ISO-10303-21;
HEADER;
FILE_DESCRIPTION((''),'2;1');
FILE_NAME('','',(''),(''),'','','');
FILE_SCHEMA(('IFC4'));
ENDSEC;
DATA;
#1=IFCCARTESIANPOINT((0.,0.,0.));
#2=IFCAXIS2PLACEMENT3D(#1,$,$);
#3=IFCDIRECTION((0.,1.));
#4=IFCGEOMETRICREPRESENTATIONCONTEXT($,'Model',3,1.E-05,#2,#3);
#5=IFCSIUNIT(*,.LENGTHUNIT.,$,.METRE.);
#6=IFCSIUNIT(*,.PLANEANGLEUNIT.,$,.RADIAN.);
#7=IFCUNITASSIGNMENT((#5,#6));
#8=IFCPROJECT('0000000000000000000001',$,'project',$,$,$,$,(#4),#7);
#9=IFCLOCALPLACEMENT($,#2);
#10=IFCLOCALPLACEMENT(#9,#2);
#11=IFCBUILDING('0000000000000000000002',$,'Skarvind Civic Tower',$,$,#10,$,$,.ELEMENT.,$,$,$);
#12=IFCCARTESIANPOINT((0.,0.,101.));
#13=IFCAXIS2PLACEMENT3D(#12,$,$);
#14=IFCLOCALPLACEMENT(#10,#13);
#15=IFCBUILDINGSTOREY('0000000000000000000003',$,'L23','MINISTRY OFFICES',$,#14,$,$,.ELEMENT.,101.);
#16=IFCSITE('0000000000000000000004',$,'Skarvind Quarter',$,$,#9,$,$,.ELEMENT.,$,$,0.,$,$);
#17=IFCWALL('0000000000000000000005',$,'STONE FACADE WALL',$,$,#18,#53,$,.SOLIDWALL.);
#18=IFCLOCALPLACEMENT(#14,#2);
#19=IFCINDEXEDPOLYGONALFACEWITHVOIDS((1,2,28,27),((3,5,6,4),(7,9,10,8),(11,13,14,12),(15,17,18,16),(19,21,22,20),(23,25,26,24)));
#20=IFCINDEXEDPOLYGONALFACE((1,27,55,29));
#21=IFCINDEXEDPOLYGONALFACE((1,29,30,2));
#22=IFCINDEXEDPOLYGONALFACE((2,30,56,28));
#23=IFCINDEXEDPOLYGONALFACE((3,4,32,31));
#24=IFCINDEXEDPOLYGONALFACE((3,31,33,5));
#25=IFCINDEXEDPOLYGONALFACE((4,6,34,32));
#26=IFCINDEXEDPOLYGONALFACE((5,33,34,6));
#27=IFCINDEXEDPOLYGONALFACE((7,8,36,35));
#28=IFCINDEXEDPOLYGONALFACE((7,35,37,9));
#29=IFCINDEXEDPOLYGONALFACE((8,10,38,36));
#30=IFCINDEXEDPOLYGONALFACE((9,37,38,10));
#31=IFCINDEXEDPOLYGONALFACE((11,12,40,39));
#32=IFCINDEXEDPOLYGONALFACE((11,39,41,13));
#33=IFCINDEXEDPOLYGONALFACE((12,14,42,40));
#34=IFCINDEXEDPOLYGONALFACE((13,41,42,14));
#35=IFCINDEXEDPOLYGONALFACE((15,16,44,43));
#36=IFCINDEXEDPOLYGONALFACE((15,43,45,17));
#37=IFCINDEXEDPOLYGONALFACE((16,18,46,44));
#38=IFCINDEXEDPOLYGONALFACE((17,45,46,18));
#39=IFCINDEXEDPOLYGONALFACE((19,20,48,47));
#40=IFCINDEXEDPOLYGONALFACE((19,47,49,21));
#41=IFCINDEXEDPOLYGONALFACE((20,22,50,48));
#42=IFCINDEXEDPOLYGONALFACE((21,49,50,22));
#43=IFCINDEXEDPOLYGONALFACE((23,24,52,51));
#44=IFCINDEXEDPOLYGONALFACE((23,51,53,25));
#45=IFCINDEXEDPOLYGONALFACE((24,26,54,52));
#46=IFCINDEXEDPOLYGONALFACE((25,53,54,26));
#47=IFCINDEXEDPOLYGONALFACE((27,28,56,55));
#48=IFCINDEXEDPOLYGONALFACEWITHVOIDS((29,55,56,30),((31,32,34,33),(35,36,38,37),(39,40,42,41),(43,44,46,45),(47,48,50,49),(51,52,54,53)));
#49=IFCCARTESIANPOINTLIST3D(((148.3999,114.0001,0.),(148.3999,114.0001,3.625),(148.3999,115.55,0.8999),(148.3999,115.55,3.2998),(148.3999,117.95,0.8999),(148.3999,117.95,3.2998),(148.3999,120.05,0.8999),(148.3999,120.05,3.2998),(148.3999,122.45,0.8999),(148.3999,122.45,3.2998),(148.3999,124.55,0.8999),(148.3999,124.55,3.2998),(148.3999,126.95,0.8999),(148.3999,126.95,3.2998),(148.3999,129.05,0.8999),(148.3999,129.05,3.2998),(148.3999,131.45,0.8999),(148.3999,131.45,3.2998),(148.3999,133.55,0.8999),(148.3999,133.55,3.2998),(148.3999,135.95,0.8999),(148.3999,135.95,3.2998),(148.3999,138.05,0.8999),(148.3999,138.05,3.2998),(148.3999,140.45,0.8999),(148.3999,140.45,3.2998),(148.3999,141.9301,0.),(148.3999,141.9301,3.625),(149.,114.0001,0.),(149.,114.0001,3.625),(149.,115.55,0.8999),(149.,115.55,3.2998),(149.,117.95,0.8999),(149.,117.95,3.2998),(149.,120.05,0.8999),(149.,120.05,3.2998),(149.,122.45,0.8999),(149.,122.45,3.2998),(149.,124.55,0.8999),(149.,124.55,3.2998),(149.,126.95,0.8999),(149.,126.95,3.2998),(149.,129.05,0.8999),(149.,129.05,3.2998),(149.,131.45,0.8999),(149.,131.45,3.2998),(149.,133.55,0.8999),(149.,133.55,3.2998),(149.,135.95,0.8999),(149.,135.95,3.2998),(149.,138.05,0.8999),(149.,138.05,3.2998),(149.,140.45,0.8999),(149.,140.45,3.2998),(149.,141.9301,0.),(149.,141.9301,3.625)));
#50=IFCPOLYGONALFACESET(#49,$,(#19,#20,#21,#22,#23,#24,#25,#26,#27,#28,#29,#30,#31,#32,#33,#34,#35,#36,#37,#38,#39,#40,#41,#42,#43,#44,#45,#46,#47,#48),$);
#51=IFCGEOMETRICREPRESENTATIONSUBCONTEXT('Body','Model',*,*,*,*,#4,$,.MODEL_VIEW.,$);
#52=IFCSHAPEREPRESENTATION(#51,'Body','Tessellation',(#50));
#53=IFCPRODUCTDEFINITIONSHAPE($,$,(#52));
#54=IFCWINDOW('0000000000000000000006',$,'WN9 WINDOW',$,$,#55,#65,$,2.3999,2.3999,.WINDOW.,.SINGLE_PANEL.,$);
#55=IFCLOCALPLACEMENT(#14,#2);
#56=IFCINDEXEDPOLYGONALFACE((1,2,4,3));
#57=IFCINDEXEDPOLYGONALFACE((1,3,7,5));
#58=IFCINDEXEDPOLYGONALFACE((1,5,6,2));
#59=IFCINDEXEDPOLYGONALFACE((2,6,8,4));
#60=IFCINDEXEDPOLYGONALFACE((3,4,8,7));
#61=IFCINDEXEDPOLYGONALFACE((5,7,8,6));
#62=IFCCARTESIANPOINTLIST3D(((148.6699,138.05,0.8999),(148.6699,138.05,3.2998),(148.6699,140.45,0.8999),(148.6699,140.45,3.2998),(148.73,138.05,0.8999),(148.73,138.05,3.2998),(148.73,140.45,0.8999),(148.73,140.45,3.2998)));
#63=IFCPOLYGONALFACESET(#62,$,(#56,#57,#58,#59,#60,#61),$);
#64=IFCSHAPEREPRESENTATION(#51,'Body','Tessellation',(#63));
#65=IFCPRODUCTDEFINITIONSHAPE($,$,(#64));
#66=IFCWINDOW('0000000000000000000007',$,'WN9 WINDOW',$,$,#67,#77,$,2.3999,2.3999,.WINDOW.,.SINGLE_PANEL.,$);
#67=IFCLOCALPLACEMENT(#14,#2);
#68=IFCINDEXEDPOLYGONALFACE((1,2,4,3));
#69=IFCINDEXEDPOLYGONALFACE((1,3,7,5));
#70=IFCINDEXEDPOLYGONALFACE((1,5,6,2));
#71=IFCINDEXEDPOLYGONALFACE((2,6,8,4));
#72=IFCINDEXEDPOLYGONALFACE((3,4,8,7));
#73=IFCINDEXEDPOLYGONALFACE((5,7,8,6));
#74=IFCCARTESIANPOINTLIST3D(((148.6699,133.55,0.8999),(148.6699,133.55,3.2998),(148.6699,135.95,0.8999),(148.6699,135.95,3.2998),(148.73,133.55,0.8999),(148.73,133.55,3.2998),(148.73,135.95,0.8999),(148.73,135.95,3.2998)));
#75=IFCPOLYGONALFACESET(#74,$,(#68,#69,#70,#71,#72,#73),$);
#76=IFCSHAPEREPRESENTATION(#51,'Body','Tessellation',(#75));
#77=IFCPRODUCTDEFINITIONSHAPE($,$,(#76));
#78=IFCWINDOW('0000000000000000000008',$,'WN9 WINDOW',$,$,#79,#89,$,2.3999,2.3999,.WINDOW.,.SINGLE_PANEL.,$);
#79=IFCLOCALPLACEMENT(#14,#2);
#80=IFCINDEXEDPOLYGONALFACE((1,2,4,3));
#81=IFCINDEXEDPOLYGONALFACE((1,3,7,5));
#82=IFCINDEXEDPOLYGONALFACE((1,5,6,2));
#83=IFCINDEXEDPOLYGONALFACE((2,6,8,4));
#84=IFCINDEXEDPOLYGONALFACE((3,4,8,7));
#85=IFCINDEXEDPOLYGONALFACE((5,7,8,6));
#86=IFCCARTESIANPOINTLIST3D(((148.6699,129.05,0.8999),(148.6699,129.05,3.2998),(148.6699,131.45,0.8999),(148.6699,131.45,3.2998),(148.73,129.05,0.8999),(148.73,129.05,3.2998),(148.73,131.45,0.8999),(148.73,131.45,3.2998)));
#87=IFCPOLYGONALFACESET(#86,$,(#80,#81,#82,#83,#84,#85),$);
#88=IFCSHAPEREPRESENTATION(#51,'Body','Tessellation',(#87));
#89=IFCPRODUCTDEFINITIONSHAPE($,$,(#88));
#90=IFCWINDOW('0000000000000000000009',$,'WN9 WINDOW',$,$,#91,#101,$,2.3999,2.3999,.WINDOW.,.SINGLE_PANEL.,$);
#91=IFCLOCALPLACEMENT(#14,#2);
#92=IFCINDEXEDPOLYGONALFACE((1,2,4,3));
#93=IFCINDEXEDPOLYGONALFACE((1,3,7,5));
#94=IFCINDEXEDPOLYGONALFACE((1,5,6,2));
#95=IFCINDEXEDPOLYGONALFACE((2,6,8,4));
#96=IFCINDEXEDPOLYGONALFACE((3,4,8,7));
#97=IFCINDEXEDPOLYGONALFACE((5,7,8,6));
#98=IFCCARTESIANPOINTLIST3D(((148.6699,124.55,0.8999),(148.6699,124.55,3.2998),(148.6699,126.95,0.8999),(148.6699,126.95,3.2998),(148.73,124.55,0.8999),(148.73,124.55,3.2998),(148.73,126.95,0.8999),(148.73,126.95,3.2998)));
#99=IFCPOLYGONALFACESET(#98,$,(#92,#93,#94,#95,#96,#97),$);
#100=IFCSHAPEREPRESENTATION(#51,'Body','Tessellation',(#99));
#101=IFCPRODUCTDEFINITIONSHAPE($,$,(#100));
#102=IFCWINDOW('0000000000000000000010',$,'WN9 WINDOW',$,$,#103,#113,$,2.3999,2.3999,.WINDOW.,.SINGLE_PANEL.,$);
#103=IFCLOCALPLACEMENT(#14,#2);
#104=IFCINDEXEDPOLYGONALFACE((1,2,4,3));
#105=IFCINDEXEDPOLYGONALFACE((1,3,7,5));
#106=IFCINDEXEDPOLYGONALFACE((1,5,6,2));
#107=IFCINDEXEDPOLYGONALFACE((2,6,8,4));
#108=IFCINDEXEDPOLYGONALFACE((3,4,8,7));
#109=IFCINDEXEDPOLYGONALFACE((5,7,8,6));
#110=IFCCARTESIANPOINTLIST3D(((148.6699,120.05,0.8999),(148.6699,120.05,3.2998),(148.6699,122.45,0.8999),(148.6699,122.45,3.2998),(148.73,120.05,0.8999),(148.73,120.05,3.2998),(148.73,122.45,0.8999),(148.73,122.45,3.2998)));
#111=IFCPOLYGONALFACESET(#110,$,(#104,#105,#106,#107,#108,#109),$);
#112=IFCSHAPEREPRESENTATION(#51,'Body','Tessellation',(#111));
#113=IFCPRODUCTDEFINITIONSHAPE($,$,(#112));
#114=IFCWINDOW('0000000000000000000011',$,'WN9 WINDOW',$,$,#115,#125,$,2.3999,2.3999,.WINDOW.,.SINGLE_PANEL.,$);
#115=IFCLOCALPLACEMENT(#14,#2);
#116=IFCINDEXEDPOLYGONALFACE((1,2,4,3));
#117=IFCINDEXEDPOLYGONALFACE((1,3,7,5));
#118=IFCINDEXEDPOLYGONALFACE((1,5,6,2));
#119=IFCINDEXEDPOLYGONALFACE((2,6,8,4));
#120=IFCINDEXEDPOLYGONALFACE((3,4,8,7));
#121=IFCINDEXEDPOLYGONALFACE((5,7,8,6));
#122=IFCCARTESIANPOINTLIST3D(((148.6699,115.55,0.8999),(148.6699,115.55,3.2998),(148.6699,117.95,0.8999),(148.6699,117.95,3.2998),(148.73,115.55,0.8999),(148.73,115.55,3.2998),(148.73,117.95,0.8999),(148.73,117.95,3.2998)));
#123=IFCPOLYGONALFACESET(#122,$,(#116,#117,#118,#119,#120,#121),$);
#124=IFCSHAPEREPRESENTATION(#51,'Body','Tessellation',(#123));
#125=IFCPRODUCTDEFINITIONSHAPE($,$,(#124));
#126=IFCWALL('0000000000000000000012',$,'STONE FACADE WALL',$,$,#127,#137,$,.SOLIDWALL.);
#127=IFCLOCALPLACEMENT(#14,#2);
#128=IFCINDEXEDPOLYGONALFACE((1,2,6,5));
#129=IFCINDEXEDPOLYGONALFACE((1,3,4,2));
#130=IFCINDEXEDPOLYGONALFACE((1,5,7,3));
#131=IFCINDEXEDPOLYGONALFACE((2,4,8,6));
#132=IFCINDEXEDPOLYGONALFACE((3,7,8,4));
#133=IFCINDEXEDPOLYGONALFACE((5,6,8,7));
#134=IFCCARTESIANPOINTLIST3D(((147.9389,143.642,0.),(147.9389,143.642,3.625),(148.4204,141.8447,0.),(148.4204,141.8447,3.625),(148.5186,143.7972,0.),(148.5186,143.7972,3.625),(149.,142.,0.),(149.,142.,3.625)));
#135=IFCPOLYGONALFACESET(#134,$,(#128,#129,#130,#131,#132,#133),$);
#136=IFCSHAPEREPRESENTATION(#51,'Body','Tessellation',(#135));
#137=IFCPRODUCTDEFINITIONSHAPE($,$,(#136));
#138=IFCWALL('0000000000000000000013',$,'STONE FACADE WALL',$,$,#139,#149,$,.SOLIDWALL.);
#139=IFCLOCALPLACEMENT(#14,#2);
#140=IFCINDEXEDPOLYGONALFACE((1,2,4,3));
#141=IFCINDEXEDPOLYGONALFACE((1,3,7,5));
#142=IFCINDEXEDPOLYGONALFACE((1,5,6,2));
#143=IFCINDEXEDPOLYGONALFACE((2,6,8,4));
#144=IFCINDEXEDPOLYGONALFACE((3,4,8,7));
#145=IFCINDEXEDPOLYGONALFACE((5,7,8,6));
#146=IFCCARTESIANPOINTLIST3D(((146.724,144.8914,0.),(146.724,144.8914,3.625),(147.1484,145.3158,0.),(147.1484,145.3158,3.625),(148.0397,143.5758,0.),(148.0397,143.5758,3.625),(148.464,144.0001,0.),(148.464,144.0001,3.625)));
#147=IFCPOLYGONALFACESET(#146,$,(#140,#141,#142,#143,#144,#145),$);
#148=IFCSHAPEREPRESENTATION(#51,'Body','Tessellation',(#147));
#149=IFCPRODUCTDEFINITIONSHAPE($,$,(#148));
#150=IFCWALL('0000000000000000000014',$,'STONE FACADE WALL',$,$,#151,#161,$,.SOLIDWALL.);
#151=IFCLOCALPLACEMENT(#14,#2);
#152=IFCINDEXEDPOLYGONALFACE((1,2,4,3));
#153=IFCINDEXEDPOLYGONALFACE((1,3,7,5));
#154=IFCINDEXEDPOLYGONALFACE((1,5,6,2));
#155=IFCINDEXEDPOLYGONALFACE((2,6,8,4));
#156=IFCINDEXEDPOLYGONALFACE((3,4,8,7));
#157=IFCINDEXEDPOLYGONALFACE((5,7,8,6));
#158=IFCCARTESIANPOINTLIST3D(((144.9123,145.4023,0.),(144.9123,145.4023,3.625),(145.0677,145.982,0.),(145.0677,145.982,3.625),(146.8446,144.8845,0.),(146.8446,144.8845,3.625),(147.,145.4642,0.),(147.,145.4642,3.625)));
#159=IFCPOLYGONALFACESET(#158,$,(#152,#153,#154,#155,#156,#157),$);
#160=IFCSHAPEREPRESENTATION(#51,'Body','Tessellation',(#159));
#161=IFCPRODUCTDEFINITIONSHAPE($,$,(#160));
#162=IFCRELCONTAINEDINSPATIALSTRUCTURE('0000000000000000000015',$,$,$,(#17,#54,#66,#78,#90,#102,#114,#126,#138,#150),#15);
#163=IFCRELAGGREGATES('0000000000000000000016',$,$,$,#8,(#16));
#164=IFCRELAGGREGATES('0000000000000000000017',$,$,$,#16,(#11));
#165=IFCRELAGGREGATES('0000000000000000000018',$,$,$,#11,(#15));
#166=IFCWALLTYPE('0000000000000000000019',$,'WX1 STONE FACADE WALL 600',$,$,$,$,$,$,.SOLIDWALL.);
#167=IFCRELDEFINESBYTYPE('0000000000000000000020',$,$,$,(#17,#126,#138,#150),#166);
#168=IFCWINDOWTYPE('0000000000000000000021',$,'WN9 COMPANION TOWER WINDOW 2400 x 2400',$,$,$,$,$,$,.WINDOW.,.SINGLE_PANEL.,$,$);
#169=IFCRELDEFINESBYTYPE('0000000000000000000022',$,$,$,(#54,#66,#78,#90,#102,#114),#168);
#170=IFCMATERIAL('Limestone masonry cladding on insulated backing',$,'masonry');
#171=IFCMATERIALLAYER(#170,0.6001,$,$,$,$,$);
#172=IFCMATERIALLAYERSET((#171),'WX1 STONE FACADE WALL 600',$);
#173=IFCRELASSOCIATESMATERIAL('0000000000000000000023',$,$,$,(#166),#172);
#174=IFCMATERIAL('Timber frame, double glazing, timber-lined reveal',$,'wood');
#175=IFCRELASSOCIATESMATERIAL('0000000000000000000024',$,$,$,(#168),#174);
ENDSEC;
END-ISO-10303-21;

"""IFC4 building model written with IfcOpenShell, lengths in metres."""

from ifc_helpers import new_model, si_unit, direction, frame, frame_2d, origin, place, context, subcontext, project, spatial, rectangle, extrude, material, layer, layer_set, type_object, element, fill, save


model = new_model("IFC4")

# Units and contexts
model_context = context("Model", 3, precision=1e-05, world=origin(), true_north=direction((0.0, 1.0)))
body_context = subcontext(model_context, "Body", "Model", "MODEL_VIEW")
ifc_project = project(units=[si_unit("LENGTHUNIT", "METRE"), si_unit("PLANEANGLEUNIT", "RADIAN")], contexts=[model_context])

# Site, building, storey
site_placement = place(None, origin())
site = spatial("IfcSite", under=ifc_project, at=site_placement, Name="Skarvind Quarter", CompositionType="ELEMENT", RefElevation=0.0)
building_placement = place(site_placement, origin())
building = spatial("IfcBuilding", under=site, at=building_placement, Name="Skarvind Civic Tower", CompositionType="ELEMENT")
storey_placement = place(building_placement, frame((0.0, 0.0, 101.0)))
storey = spatial("IfcBuildingStorey", under=building, at=storey_placement, Name="L23", Description="MINISTRY OFFICES", CompositionType="ELEMENT", Elevation=101.0)

# Wall, openings, windows
ifc_material_1 = material(Name="Limestone masonry cladding on insulated backing", Category="masonry")
ifc_layer_1 = layer(ifc_material_1, 0.6001)
ifc_layer_set_1 = layer_set([ifc_layer_1], Name="WX1 STONE FACADE WALL 600")
wall_type_1 = type_object("IfcWallType", Name="WX1 STONE FACADE WALL 600", PredefinedType="SOLIDWALL", material=ifc_layer_set_1)
wall_1_placement = place(storey_placement, frame((148.7, 141.9299, 0.0), z_axis=(0.0, 0.0, 1.0), x_axis=(0.0, -1.0, 0.0)))
wall_1 = element("IfcWall", 1, at=wall_1_placement, inside=storey, type_object=wall_type_1, Name="STONE FACADE WALL", PredefinedType="SOLIDWALL", context=body_context, shape_type="SweptSolid", body=[
    extrude(rectangle(XDim=27.9299, YDim=0.6001, at=frame_2d((13.9648, 0.0))), origin(), (0.0, 0.0, 1.0), 3.625),
])
opening_1_placement = place(wall_1_placement, frame((1.48, 0.0, 0.8999)))
opening_1 = element("IfcOpeningElement", 2, at=opening_1_placement, cuts=wall_1, PredefinedType="OPENING", context=body_context, shape_type="SweptSolid", body=[
    extrude(rectangle(XDim=2.3999, YDim=2.3999, at=frame_2d((1.2, 1.2))), frame((0.0, 0.3101, 0.0), z_axis=(0.0, -1.0, 0.0), x_axis=(1.0, 0.0, 0.0)), (0.0, 0.0, 1.0), 0.6201),
])
opening_2_placement = place(wall_1_placement, frame((5.98, 0.0, 0.8999)))
opening_2 = element("IfcOpeningElement", 3, at=opening_2_placement, cuts=wall_1, PredefinedType="OPENING", context=body_context, shape_type="SweptSolid", body=[
    extrude(rectangle(XDim=2.3999, YDim=2.3999, at=frame_2d((1.2, 1.2))), frame((0.0, 0.3101, 0.0), z_axis=(0.0, -1.0, 0.0), x_axis=(1.0, 0.0, 0.0)), (0.0, 0.0, 1.0), 0.6201),
])
opening_3_placement = place(wall_1_placement, frame((10.48, 0.0, 0.8999)))
opening_3 = element("IfcOpeningElement", 4, at=opening_3_placement, cuts=wall_1, PredefinedType="OPENING", context=body_context, shape_type="SweptSolid", body=[
    extrude(rectangle(XDim=2.3999, YDim=2.3999, at=frame_2d((1.2, 1.2))), frame((0.0, 0.3101, 0.0), z_axis=(0.0, -1.0, 0.0), x_axis=(1.0, 0.0, 0.0)), (0.0, 0.0, 1.0), 0.6201),
])
opening_4_placement = place(wall_1_placement, frame((14.98, 0.0, 0.8999)))
opening_4 = element("IfcOpeningElement", 5, at=opening_4_placement, cuts=wall_1, PredefinedType="OPENING", context=body_context, shape_type="SweptSolid", body=[
    extrude(rectangle(XDim=2.3999, YDim=2.3999, at=frame_2d((1.2, 1.2))), frame((0.0, 0.3101, 0.0), z_axis=(0.0, -1.0, 0.0), x_axis=(1.0, 0.0, 0.0)), (0.0, 0.0, 1.0), 0.6201),
])
opening_5_placement = place(wall_1_placement, frame((19.48, 0.0, 0.8999)))
opening_5 = element("IfcOpeningElement", 6, at=opening_5_placement, cuts=wall_1, PredefinedType="OPENING", context=body_context, shape_type="SweptSolid", body=[
    extrude(rectangle(XDim=2.3999, YDim=2.3999, at=frame_2d((1.2, 1.2))), frame((0.0, 0.3101, 0.0), z_axis=(0.0, -1.0, 0.0), x_axis=(1.0, 0.0, 0.0)), (0.0, 0.0, 1.0), 0.6201),
])
opening_6_placement = place(wall_1_placement, frame((23.98, 0.0, 0.8999)))
opening_6 = element("IfcOpeningElement", 7, at=opening_6_placement, cuts=wall_1, PredefinedType="OPENING", context=body_context, shape_type="SweptSolid", body=[
    extrude(rectangle(XDim=2.3999, YDim=2.3999, at=frame_2d((1.2, 1.2))), frame((0.0, 0.3101, 0.0), z_axis=(0.0, -1.0, 0.0), x_axis=(1.0, 0.0, 0.0)), (0.0, 0.0, 1.0), 0.6201),
])
ifc_material_2 = material(Name="Timber frame, double glazing, timber-lined reveal", Category="wood")
window_type = type_object("IfcWindowType", Name="WN9 COMPANION TOWER WINDOW 2400 x 2400", PartitioningType="SINGLE_PANEL", PredefinedType="WINDOW", material=ifc_material_2)
window_1_placement = place(opening_1_placement, origin())
window_1 = element("IfcWindow", 8, at=window_1_placement, inside=storey, type_object=window_type, Name="WN9 WINDOW", OverallHeight=2.3999, OverallWidth=2.3999, PartitioningType="SINGLE_PANEL", PredefinedType="WINDOW", context=body_context, shape_type="SweptSolid", body=[
    extrude(rectangle(XDim=2.3999, YDim=2.3999, at=frame_2d((1.2, 1.2))), frame((0.0, 0.03, 0.0), z_axis=(0.0, -1.0, 0.0), x_axis=(1.0, 0.0, 0.0)), (0.0, 0.0, 1.0), 0.0601),
])
fill(opening_1, window_1)
window_2_placement = place(opening_2_placement, origin())
window_2 = element("IfcWindow", 9, at=window_2_placement, inside=storey, type_object=window_type, Name="WN9 WINDOW", OverallHeight=2.3999, OverallWidth=2.3999, PartitioningType="SINGLE_PANEL", PredefinedType="WINDOW", context=body_context, shape_type="SweptSolid", body=[
    extrude(rectangle(XDim=2.3999, YDim=2.3999, at=frame_2d((1.2, 1.2))), frame((0.0, 0.03, 0.0), z_axis=(0.0, -1.0, 0.0), x_axis=(1.0, 0.0, 0.0)), (0.0, 0.0, 1.0), 0.0601),
])
fill(opening_2, window_2)
window_3_placement = place(opening_3_placement, origin())
window_3 = element("IfcWindow", 10, at=window_3_placement, inside=storey, type_object=window_type, Name="WN9 WINDOW", OverallHeight=2.3999, OverallWidth=2.3999, PartitioningType="SINGLE_PANEL", PredefinedType="WINDOW", context=body_context, shape_type="SweptSolid", body=[
    extrude(rectangle(XDim=2.3999, YDim=2.3999, at=frame_2d((1.2, 1.2))), frame((0.0, 0.03, 0.0), z_axis=(0.0, -1.0, 0.0), x_axis=(1.0, 0.0, 0.0)), (0.0, 0.0, 1.0), 0.0601),
])
fill(opening_3, window_3)
window_4_placement = place(opening_4_placement, origin())
window_4 = element("IfcWindow", 11, at=window_4_placement, inside=storey, type_object=window_type, Name="WN9 WINDOW", OverallHeight=2.3999, OverallWidth=2.3999, PartitioningType="SINGLE_PANEL", PredefinedType="WINDOW", context=body_context, shape_type="SweptSolid", body=[
    extrude(rectangle(XDim=2.3999, YDim=2.3999, at=frame_2d((1.2, 1.2))), frame((0.0, 0.03, 0.0), z_axis=(0.0, -1.0, 0.0), x_axis=(1.0, 0.0, 0.0)), (0.0, 0.0, 1.0), 0.0601),
])
fill(opening_4, window_4)
window_5_placement = place(opening_5_placement, origin())
window_5 = element("IfcWindow", 12, at=window_5_placement, inside=storey, type_object=window_type, Name="WN9 WINDOW", OverallHeight=2.3999, OverallWidth=2.3999, PartitioningType="SINGLE_PANEL", PredefinedType="WINDOW", context=body_context, shape_type="SweptSolid", body=[
    extrude(rectangle(XDim=2.3999, YDim=2.3999, at=frame_2d((1.2, 1.2))), frame((0.0, 0.03, 0.0), z_axis=(0.0, -1.0, 0.0), x_axis=(1.0, 0.0, 0.0)), (0.0, 0.0, 1.0), 0.0601),
])
fill(opening_5, window_5)
window_6_placement = place(opening_6_placement, origin())
window_6 = element("IfcWindow", 13, at=window_6_placement, inside=storey, type_object=window_type, Name="WN9 WINDOW", OverallHeight=2.3999, OverallWidth=2.3999, PartitioningType="SINGLE_PANEL", PredefinedType="WINDOW", context=body_context, shape_type="SweptSolid", body=[
    extrude(rectangle(XDim=2.3999, YDim=2.3999, at=frame_2d((1.2, 1.2))), frame((0.0, 0.03, 0.0), z_axis=(0.0, -1.0, 0.0), x_axis=(1.0, 0.0, 0.0)), (0.0, 0.0, 1.0), 0.0601),
])
fill(opening_6, window_6)

# Walls
for number, where, z_axis, x_axis, name in (
    (14, (148.2288, 143.7195, 0.0), (0.0, 0.0, 1.0), (0.258773, -0.965938, 0.0), "STONE FACADE WALL"),
    (15, (146.9363, 145.1035, 0.0), (0.0, 0.0, 1.0), (0.707107, -0.707107, 0.0), "STONE FACADE WALL"),
):
    element("IfcWall", number, at=place(storey_placement, frame(where, z_axis=z_axis, x_axis=x_axis)), inside=storey, type_object=wall_type_1, Name=name, PredefinedType="SOLIDWALL", context=body_context, shape_type="SweptSolid", body=[
        extrude(rectangle(XDim=1.8606, YDim=0.6001, at=frame_2d((0.9302, 0.0))), origin(), (0.0, 0.0, 1.0), 3.625),
    ])
wall_2_placement = place(storey_placement, frame((144.99, 145.6921, 0.0), z_axis=(0.0, 0.0, 1.0), x_axis=(0.96592, -0.25884, 0.0)))
element("IfcWall", 16, at=wall_2_placement, inside=storey, type_object=wall_type_1, Name="STONE FACADE WALL", PredefinedType="SOLIDWALL", context=body_context, shape_type="SweptSolid", body=[
    extrude(rectangle(XDim=2.0005, YDim=0.6001, at=frame_2d((1.0002, 0.0))), origin(), (0.0, 0.0, 1.0), 3.625),
])

save(model, "model.ifc")
